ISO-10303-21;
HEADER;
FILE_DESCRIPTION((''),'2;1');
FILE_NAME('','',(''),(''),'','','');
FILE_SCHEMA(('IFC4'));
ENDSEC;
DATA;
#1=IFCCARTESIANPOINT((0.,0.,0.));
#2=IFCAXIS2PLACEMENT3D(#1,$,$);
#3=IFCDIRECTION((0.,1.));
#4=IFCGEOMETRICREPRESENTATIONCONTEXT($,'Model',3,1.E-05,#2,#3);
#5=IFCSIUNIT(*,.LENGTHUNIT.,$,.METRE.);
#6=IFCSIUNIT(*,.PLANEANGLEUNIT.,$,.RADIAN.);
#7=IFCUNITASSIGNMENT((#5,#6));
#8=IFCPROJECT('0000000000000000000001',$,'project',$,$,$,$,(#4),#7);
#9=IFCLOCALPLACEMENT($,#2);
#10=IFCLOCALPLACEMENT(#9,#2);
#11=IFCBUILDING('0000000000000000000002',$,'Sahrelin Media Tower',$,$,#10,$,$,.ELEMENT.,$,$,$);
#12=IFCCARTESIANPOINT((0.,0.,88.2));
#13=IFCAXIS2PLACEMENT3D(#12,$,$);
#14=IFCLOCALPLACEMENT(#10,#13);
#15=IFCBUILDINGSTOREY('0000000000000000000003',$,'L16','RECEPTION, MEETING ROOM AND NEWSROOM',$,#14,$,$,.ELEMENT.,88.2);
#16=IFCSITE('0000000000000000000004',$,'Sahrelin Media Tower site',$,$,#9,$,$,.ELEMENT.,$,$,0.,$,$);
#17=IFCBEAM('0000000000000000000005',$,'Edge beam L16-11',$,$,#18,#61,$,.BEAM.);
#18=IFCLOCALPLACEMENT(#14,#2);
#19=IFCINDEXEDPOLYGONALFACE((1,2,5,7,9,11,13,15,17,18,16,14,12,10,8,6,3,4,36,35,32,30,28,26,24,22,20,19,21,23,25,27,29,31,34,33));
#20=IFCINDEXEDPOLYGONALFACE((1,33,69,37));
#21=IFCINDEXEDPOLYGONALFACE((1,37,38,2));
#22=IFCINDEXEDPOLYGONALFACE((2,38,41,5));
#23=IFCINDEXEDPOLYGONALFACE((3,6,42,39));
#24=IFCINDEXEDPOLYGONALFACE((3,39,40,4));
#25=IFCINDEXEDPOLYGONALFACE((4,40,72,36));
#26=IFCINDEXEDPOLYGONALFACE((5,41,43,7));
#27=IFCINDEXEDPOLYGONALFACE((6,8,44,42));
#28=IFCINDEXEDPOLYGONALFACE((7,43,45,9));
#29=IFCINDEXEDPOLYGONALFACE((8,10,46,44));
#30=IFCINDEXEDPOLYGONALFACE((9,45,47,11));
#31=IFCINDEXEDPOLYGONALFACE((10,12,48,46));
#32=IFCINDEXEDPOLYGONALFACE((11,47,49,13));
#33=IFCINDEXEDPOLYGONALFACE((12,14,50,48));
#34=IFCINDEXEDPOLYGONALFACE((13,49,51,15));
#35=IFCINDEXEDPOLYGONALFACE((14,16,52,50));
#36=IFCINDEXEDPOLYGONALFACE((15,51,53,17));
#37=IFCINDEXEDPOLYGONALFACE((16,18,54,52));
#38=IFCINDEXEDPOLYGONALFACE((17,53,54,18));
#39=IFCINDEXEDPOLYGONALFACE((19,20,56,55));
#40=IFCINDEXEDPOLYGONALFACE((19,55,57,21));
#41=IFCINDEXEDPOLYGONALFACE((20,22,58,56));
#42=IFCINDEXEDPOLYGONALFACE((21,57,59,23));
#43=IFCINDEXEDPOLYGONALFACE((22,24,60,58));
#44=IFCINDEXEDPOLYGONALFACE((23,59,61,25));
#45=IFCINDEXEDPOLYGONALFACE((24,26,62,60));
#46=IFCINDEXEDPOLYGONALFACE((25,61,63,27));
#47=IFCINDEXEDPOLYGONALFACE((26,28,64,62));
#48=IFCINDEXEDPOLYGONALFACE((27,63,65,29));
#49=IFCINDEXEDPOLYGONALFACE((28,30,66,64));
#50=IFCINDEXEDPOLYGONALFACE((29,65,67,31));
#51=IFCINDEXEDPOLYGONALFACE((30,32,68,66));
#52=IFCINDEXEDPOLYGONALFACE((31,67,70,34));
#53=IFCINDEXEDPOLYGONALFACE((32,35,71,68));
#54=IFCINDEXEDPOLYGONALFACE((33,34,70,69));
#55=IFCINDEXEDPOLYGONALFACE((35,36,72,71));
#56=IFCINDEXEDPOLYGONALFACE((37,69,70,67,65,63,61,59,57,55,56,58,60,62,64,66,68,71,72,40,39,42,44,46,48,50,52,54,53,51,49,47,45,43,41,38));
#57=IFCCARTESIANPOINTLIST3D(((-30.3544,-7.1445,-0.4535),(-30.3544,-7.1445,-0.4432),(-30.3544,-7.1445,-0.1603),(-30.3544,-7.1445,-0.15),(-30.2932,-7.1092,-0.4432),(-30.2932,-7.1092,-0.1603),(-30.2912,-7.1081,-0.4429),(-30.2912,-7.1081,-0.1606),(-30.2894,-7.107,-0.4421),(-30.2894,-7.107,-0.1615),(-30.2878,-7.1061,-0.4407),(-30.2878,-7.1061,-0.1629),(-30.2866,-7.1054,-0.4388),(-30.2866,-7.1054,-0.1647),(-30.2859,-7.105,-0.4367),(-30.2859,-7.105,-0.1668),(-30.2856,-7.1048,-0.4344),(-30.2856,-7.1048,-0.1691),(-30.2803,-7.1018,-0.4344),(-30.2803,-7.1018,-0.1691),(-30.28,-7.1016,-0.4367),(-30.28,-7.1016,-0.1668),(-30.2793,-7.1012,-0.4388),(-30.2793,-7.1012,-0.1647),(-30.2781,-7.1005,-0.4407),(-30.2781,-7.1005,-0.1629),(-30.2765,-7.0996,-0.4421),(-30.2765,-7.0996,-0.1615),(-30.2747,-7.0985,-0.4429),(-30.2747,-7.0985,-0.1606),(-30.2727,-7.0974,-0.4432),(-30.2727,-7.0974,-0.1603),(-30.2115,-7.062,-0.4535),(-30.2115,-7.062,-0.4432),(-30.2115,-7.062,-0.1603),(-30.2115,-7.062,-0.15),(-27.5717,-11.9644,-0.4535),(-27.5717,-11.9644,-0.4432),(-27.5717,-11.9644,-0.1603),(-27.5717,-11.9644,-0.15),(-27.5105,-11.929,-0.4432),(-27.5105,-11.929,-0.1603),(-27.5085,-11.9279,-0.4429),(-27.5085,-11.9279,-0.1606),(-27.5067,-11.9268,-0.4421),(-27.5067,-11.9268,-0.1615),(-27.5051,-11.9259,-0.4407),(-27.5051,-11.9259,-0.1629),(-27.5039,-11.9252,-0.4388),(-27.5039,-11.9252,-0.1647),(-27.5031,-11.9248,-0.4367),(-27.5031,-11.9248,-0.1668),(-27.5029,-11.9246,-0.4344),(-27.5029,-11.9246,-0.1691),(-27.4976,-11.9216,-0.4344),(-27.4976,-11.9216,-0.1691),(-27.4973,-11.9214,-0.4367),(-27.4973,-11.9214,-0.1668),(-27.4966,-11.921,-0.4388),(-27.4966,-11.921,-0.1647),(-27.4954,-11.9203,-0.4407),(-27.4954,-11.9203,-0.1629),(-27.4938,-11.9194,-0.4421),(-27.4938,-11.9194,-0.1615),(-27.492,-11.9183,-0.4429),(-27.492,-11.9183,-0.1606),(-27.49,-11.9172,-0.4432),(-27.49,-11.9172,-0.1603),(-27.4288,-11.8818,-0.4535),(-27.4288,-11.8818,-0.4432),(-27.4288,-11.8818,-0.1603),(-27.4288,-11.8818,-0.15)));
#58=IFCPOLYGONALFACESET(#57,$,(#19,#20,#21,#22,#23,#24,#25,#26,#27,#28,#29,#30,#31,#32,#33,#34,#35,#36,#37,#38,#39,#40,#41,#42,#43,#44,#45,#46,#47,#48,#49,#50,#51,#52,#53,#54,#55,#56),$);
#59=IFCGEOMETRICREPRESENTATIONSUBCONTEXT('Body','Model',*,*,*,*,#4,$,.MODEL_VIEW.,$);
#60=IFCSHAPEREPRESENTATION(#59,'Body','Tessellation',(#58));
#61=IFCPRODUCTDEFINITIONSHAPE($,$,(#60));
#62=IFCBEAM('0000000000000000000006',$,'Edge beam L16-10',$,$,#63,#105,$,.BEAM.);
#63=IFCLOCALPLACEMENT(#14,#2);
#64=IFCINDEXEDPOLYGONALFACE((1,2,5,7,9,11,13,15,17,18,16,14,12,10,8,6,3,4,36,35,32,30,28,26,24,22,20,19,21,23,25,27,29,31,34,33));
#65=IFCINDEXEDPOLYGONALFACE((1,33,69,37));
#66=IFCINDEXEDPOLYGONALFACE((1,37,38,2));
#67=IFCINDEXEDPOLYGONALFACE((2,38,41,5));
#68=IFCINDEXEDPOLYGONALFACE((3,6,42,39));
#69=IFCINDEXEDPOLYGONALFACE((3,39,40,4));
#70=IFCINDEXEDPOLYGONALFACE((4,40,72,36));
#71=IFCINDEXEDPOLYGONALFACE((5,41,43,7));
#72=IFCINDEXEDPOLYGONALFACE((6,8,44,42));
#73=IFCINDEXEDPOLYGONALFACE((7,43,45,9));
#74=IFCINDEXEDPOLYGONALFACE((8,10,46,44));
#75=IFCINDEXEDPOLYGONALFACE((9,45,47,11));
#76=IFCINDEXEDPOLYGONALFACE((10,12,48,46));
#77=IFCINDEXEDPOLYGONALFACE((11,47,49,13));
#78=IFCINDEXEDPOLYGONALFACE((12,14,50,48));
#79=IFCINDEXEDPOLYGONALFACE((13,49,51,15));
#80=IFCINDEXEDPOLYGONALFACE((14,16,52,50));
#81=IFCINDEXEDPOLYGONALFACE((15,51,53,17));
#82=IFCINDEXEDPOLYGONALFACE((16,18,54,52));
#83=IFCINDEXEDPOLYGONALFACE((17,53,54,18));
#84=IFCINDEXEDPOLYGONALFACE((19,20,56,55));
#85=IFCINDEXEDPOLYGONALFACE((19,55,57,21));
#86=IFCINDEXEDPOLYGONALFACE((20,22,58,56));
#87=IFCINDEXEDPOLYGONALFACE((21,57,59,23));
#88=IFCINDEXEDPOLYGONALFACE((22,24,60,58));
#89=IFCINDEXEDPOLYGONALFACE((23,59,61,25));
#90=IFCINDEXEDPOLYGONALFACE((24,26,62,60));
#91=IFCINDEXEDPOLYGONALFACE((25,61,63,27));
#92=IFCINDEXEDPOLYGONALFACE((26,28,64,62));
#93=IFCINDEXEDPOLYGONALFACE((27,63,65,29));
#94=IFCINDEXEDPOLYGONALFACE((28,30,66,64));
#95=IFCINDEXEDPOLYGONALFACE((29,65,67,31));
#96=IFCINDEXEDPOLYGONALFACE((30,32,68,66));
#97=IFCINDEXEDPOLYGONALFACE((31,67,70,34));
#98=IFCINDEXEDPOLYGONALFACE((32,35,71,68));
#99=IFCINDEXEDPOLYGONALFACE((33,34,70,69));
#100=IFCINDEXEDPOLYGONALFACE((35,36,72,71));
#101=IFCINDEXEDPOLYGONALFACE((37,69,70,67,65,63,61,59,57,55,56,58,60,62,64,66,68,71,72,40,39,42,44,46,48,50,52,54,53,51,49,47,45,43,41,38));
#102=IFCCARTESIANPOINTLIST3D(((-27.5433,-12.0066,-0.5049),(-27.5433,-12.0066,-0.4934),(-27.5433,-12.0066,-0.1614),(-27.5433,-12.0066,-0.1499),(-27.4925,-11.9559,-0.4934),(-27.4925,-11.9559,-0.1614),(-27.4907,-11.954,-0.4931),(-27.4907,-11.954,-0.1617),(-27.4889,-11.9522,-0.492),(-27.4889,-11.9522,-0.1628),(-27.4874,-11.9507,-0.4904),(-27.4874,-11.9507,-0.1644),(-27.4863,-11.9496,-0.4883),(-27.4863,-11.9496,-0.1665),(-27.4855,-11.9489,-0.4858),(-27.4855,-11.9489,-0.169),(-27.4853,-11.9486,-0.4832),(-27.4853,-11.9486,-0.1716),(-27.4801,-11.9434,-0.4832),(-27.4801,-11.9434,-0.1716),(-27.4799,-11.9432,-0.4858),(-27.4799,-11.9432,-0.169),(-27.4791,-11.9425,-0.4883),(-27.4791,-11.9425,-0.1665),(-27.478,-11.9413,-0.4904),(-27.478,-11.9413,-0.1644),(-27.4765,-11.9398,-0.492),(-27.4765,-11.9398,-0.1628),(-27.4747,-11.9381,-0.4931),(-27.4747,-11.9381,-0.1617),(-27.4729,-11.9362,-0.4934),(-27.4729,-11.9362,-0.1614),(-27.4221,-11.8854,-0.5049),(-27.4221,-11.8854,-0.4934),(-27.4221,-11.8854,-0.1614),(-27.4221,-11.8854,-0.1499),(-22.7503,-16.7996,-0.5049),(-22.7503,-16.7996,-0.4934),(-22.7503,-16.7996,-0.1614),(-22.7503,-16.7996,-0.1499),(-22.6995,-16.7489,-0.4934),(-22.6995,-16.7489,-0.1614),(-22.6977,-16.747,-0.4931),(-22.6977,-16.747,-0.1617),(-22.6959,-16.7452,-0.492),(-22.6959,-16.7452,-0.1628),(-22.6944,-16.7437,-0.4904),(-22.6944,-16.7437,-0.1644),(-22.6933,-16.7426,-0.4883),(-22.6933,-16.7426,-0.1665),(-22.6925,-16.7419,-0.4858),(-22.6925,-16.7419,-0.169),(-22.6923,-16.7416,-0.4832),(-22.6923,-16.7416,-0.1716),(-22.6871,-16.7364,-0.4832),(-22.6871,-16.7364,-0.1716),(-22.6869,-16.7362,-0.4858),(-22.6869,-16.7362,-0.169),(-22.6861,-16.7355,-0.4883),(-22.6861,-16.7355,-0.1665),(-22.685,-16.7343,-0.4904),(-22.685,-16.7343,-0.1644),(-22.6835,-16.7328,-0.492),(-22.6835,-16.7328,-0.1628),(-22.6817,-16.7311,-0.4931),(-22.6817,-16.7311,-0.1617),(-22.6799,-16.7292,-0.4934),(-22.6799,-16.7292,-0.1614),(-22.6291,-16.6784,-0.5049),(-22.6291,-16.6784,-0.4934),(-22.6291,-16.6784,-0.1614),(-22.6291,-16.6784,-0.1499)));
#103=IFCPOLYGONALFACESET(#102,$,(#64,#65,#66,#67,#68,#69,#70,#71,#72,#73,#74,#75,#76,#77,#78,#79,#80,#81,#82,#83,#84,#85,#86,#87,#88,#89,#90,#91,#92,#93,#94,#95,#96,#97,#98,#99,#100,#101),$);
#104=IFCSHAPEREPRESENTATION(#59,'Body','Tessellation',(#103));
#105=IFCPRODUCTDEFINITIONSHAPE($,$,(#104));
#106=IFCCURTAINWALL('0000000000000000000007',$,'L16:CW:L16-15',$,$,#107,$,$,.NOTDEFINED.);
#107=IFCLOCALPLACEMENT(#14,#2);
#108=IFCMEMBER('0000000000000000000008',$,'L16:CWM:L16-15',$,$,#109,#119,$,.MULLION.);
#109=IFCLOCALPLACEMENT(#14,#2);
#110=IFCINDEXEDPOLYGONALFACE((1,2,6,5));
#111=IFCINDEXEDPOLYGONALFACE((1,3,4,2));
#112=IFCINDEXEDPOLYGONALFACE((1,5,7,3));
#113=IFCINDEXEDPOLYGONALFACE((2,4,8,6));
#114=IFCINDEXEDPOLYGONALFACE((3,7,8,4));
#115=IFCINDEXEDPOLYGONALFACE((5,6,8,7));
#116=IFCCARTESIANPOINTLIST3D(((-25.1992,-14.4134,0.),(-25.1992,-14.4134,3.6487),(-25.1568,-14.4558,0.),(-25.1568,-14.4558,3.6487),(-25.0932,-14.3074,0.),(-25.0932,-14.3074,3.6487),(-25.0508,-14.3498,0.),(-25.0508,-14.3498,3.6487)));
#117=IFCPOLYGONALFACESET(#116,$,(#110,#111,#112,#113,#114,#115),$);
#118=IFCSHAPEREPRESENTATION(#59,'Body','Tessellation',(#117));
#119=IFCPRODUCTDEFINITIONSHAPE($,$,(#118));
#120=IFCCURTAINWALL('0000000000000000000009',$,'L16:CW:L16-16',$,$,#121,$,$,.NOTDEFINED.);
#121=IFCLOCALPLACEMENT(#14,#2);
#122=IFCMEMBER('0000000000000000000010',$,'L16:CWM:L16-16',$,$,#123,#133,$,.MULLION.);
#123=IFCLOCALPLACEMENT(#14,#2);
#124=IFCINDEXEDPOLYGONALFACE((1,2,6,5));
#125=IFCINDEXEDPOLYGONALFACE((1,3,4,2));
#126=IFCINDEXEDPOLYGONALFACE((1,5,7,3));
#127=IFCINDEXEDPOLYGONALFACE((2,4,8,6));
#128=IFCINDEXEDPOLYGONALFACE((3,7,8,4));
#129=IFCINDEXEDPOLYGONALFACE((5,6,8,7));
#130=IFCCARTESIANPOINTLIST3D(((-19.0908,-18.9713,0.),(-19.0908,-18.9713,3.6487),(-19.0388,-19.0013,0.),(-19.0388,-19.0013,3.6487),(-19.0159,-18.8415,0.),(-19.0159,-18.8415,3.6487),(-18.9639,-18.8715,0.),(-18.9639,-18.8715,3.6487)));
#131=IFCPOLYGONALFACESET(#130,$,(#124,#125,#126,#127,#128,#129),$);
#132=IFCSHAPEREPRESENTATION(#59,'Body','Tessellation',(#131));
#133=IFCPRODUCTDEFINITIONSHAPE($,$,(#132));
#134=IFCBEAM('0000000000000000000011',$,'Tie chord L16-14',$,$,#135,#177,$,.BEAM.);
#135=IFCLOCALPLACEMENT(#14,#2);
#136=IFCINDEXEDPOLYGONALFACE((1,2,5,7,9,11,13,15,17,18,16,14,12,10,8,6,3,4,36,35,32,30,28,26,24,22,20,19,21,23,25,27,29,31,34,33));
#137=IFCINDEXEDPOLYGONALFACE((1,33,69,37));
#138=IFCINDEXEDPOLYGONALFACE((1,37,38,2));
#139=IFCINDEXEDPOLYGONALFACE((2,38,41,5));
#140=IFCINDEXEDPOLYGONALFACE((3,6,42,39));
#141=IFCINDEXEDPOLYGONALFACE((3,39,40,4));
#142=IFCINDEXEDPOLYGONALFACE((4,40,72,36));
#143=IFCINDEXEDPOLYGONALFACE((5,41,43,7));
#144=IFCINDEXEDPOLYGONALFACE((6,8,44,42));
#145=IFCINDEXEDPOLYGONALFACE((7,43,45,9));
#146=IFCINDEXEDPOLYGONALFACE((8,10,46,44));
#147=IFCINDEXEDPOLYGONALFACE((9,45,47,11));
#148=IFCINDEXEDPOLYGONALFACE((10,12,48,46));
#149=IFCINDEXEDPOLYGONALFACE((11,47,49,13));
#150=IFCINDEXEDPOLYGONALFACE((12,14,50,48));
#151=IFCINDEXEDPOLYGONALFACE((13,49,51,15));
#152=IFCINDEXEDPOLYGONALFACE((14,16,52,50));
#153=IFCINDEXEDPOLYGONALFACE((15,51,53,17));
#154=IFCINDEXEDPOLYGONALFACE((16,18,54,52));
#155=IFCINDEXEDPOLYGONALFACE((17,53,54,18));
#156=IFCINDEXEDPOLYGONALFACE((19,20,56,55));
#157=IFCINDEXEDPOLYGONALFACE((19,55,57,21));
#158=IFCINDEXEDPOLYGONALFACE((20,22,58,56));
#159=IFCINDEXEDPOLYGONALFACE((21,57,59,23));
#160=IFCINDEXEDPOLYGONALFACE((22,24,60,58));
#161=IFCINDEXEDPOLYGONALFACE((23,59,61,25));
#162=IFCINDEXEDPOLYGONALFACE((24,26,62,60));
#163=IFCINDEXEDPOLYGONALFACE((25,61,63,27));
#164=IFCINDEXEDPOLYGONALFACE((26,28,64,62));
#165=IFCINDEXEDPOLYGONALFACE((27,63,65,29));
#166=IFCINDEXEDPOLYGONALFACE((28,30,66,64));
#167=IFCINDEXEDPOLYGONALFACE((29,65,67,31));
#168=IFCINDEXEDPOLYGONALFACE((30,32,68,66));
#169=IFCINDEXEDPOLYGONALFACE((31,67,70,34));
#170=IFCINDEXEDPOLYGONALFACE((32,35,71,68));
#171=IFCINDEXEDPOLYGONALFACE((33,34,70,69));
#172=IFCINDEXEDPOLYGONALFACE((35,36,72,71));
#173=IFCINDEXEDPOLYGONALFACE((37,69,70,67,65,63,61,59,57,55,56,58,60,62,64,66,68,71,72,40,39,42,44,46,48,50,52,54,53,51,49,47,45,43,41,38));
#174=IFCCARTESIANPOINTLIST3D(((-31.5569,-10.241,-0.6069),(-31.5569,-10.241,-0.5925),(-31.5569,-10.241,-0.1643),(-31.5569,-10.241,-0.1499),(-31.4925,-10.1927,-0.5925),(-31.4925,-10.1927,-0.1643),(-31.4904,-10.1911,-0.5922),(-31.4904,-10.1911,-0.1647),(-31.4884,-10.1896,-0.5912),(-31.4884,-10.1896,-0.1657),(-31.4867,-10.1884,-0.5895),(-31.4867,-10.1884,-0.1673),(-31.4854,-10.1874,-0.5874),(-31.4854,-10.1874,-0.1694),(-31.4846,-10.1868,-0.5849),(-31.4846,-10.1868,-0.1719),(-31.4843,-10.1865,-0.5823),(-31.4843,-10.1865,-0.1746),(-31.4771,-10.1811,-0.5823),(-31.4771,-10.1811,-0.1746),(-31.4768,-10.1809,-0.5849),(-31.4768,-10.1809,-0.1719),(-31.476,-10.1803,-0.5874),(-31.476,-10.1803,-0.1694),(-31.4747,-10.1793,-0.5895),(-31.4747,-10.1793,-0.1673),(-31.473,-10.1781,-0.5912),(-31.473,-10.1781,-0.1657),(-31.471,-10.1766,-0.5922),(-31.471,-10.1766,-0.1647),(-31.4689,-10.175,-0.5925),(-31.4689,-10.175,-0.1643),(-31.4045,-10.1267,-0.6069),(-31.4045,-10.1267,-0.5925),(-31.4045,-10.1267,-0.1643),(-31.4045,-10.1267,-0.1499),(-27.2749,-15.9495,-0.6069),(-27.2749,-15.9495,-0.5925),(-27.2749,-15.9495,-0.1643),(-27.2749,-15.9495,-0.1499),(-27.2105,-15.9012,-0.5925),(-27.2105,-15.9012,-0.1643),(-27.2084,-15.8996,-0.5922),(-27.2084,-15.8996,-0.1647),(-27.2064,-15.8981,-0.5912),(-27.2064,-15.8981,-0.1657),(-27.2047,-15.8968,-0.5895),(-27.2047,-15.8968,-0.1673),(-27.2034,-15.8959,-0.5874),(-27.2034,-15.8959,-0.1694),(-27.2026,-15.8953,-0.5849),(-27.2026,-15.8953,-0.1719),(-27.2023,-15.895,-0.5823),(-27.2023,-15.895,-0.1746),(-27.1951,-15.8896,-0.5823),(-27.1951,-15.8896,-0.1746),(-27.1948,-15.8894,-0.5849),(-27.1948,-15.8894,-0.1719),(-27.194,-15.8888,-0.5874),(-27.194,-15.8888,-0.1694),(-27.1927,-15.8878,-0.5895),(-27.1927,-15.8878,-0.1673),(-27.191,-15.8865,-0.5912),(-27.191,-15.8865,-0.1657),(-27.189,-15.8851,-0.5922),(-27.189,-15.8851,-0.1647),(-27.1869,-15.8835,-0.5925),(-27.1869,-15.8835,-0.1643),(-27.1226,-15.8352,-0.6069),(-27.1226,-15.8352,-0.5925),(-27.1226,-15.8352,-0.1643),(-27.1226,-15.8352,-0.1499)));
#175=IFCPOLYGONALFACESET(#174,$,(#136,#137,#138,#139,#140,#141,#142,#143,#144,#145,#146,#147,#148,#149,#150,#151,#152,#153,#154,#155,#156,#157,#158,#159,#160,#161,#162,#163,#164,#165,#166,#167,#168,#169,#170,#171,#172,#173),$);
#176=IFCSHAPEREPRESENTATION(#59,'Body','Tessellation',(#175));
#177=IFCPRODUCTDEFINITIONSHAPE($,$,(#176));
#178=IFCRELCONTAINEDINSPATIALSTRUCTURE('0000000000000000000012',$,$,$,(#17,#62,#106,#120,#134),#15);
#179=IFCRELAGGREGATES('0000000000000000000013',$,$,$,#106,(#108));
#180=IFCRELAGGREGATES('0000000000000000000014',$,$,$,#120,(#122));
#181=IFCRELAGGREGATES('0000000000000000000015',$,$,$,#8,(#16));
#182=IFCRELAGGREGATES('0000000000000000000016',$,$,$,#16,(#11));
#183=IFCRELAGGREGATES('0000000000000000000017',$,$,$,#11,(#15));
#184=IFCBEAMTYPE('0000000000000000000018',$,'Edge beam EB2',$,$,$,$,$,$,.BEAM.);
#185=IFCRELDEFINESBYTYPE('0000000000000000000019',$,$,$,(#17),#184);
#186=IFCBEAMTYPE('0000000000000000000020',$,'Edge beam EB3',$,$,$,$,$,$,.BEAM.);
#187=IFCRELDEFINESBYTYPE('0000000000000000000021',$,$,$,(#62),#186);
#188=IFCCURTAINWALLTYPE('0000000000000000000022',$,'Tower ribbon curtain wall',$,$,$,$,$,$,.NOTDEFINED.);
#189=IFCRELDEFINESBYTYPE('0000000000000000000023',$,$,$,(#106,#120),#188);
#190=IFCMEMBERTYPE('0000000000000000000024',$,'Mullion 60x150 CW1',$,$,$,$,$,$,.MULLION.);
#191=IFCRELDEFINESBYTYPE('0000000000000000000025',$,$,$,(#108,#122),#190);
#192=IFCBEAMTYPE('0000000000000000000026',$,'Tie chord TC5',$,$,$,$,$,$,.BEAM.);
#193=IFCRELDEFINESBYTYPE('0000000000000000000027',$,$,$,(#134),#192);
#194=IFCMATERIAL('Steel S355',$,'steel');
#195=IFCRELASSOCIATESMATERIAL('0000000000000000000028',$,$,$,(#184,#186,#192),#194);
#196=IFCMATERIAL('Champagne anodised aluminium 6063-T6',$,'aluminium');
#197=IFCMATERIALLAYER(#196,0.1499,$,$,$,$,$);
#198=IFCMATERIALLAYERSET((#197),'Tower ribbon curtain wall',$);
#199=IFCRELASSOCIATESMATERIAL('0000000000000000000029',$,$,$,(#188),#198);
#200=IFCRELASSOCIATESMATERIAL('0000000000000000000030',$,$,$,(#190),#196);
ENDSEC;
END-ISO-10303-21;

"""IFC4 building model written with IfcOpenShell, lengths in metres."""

from ifc_helpers import new_model, si_unit, direction, frame, origin, origin_2d, place, context, subcontext, project, spatial, rectangle, i_section, extrude, material, layer, layer_set, material_profile, profile_set, type_object, element, aggregate, save


model = new_model("IFC4")

# Units and contexts
model_context = context("Model", 3, precision=1e-05, world=origin(), true_north=direction((0.0, 1.0)))
body_context = subcontext(model_context, "Body", "Model", "MODEL_VIEW")
ifc_project = project(units=[si_unit("LENGTHUNIT", "METRE"), si_unit("PLANEANGLEUNIT", "RADIAN")], contexts=[model_context])

# Site, building, storey
site_placement = place(None, origin())
site = spatial("IfcSite", under=ifc_project, at=site_placement, Name="Sahrelin Media Tower site", CompositionType="ELEMENT", RefElevation=0.0)
building_placement = place(site_placement, origin())
building = spatial("IfcBuilding", under=site, at=building_placement, Name="Sahrelin Media Tower", CompositionType="ELEMENT")
storey_placement = place(building_placement, frame((0.0, 0.0, 88.2)))
storey = spatial("IfcBuildingStorey", under=building, at=storey_placement, Name="L16", Description="RECEPTION, MEETING ROOM AND NEWSROOM", CompositionType="ELEMENT", Elevation=88.2)

# Beams
ifc_material_1 = material(Name="Steel S355", Category="steel")
ifc_material_profile_1 = material_profile(ifc_material_1, i_section(OverallWidth=0.165, OverallDepth=0.3035, WebThickness=0.0061, FlangeThickness=0.0103, FilletRadius=0.0088, at=origin_2d()), Name="UB 305x165x40")
ifc_profile_set_1 = profile_set([ifc_material_profile_1], Name="Steel S355")
beam_type_1 = type_object("IfcBeamType", Name="Edge beam EB2", PredefinedType="BEAM", material=ifc_profile_set_1)
beam_1_placement = place(storey_placement, frame((-27.5002, -11.9231, -0.3018), z_axis=(-0.499998, 0.866026, 0.0), x_axis=(-0.866026, -0.499998, 0.0)))
element("IfcBeam", 1, at=beam_1_placement, inside=storey, type_object=beam_type_1, Name="Edge beam L16-11", PredefinedType="BEAM", context=body_context, shape_type="SweptSolid", body=[
    extrude(i_section(OverallWidth=0.165, OverallDepth=0.3035, WebThickness=0.0061, FlangeThickness=0.0103, FilletRadius=0.0088, at=origin_2d()), origin(), (0.0, 0.0, 1.0), 5.5654),
])
ifc_material_profile_2 = material_profile(ifc_material_1, i_section(OverallWidth=0.1714, OverallDepth=0.355, WebThickness=0.0073, FlangeThickness=0.0115, FilletRadius=0.0103, at=origin_2d()), Name="UB 356x171x51")
ifc_profile_set_2 = profile_set([ifc_material_profile_2], Name="Steel S355")
beam_type_2 = type_object("IfcBeamType", Name="Edge beam EB3", PredefinedType="BEAM", material=ifc_profile_set_2)
beam_2_placement = place(storey_placement, frame((-22.6897, -16.739, -0.3274), z_axis=(-0.707107, 0.707107, 0.0), x_axis=(-0.707107, -0.707107, 0.0)))
element("IfcBeam", 2, at=beam_2_placement, inside=storey, type_object=beam_type_2, Name="Edge beam L16-10", PredefinedType="BEAM", context=body_context, shape_type="SweptSolid", body=[
    extrude(i_section(OverallWidth=0.1714, OverallDepth=0.355, WebThickness=0.0073, FlangeThickness=0.0115, FilletRadius=0.0103, at=origin_2d()), origin(), (0.0, 0.0, 1.0), 6.7783),
])

# Curtain walls, members
ifc_material_2 = material(Name="Champagne anodised aluminium 6063-T6", Category="aluminium")
ifc_layer_1 = layer(ifc_material_2, 0.1499)
ifc_layer_set_1 = layer_set([ifc_layer_1], Name="Tower ribbon curtain wall")
curtain_wall_type = type_object("IfcCurtainWallType", Name="Tower ribbon curtain wall", PredefinedType="NOTDEFINED", material=ifc_layer_set_1)
curtain_wall_1_placement = place(storey_placement, frame((-25.1921, -14.4485, 0.0), z_axis=(0.0, 0.0, 1.0), x_axis=(1.0, 0.0, 0.0)))
curtain_wall_1 = element("IfcCurtainWall", 3, at=curtain_wall_1_placement, inside=storey, type_object=curtain_wall_type, Name="L16:CW:L16-15", PredefinedType="NOTDEFINED")
ifc_material_profile_3 = material_profile(ifc_material_2, rectangle(XDim=0.0601, YDim=0.1499, at=origin_2d()), Name="Mullion 60x150")
ifc_profile_set_3 = profile_set([ifc_material_profile_3], Name="Champagne anodised aluminium 6063-T6")
member_type_1 = type_object("IfcMemberType", Name="Mullion 60x150 CW1", PredefinedType="MULLION", material=ifc_profile_set_3)
member_1_placement = place(storey_placement, frame((-25.125, -14.3816, 0.0), z_axis=(0.0, 0.0, 1.0), x_axis=(0.707114, -0.707099, 0.0)))
member_1 = element("IfcMember", 4, at=member_1_placement, type_object=member_type_1, Name="L16:CWM:L16-15", PredefinedType="MULLION", context=body_context, shape_type="SweptSolid", body=[
    extrude(rectangle(XDim=0.0601, YDim=0.1499, at=origin_2d()), origin(), (0.0, 0.0, 1.0), 3.6487),
])
curtain_wall_2_placement = place(storey_placement, frame((-19.075, -19.0037, 0.0), z_axis=(0.0, 0.0, 1.0), x_axis=(1.0, 0.0, 0.0)))
curtain_wall_2 = element("IfcCurtainWall", 5, at=curtain_wall_2_placement, inside=storey, type_object=curtain_wall_type, Name="L16:CW:L16-16", PredefinedType="NOTDEFINED")
member_2_placement = place(storey_placement, frame((-19.0273, -18.9214, 0.0), z_axis=(0.0, 0.0, 1.0), x_axis=(0.866023, -0.500005, 0.0)))
member_2 = element("IfcMember", 6, at=member_2_placement, type_object=member_type_1, Name="L16:CWM:L16-16", PredefinedType="MULLION", context=body_context, shape_type="SweptSolid", body=[
    extrude(rectangle(XDim=0.0601, YDim=0.1499, at=origin_2d()), origin(), (0.0, 0.0, 1.0), 3.6487),
])

# Beam
ifc_material_profile_4 = material_profile(ifc_material_1, i_section(OverallWidth=0.1904, OverallDepth=0.457, WebThickness=0.009, FlangeThickness=0.0144, FilletRadius=0.0103, at=origin_2d()), Name="UB 457x191x74")
ifc_profile_set_4 = profile_set([ifc_material_profile_4], Name="Steel S355")
beam_type_3 = type_object("IfcBeamType", Name="Tie chord TC5", PredefinedType="BEAM", material=ifc_profile_set_4)
beam_3_placement = place(storey_placement, frame((-31.4807, -10.1838, -0.3784), z_axis=(0.600055, -0.799959, 0.0), x_axis=(0.799959, 0.600055, 0.0)))
element("IfcBeam", 7, at=beam_3_placement, inside=storey, type_object=beam_type_3, Name="Tie chord L16-14", PredefinedType="BEAM", context=body_context, shape_type="SweptSolid", body=[
    extrude(i_section(OverallWidth=0.1904, OverallDepth=0.457, WebThickness=0.009, FlangeThickness=0.0144, FilletRadius=0.0103, at=origin_2d()), origin(), (0.0, 0.0, 1.0), 7.136),
])

aggregate(curtain_wall_1, [member_1])
aggregate(curtain_wall_2, [member_2])

save(model, "model.ifc")
